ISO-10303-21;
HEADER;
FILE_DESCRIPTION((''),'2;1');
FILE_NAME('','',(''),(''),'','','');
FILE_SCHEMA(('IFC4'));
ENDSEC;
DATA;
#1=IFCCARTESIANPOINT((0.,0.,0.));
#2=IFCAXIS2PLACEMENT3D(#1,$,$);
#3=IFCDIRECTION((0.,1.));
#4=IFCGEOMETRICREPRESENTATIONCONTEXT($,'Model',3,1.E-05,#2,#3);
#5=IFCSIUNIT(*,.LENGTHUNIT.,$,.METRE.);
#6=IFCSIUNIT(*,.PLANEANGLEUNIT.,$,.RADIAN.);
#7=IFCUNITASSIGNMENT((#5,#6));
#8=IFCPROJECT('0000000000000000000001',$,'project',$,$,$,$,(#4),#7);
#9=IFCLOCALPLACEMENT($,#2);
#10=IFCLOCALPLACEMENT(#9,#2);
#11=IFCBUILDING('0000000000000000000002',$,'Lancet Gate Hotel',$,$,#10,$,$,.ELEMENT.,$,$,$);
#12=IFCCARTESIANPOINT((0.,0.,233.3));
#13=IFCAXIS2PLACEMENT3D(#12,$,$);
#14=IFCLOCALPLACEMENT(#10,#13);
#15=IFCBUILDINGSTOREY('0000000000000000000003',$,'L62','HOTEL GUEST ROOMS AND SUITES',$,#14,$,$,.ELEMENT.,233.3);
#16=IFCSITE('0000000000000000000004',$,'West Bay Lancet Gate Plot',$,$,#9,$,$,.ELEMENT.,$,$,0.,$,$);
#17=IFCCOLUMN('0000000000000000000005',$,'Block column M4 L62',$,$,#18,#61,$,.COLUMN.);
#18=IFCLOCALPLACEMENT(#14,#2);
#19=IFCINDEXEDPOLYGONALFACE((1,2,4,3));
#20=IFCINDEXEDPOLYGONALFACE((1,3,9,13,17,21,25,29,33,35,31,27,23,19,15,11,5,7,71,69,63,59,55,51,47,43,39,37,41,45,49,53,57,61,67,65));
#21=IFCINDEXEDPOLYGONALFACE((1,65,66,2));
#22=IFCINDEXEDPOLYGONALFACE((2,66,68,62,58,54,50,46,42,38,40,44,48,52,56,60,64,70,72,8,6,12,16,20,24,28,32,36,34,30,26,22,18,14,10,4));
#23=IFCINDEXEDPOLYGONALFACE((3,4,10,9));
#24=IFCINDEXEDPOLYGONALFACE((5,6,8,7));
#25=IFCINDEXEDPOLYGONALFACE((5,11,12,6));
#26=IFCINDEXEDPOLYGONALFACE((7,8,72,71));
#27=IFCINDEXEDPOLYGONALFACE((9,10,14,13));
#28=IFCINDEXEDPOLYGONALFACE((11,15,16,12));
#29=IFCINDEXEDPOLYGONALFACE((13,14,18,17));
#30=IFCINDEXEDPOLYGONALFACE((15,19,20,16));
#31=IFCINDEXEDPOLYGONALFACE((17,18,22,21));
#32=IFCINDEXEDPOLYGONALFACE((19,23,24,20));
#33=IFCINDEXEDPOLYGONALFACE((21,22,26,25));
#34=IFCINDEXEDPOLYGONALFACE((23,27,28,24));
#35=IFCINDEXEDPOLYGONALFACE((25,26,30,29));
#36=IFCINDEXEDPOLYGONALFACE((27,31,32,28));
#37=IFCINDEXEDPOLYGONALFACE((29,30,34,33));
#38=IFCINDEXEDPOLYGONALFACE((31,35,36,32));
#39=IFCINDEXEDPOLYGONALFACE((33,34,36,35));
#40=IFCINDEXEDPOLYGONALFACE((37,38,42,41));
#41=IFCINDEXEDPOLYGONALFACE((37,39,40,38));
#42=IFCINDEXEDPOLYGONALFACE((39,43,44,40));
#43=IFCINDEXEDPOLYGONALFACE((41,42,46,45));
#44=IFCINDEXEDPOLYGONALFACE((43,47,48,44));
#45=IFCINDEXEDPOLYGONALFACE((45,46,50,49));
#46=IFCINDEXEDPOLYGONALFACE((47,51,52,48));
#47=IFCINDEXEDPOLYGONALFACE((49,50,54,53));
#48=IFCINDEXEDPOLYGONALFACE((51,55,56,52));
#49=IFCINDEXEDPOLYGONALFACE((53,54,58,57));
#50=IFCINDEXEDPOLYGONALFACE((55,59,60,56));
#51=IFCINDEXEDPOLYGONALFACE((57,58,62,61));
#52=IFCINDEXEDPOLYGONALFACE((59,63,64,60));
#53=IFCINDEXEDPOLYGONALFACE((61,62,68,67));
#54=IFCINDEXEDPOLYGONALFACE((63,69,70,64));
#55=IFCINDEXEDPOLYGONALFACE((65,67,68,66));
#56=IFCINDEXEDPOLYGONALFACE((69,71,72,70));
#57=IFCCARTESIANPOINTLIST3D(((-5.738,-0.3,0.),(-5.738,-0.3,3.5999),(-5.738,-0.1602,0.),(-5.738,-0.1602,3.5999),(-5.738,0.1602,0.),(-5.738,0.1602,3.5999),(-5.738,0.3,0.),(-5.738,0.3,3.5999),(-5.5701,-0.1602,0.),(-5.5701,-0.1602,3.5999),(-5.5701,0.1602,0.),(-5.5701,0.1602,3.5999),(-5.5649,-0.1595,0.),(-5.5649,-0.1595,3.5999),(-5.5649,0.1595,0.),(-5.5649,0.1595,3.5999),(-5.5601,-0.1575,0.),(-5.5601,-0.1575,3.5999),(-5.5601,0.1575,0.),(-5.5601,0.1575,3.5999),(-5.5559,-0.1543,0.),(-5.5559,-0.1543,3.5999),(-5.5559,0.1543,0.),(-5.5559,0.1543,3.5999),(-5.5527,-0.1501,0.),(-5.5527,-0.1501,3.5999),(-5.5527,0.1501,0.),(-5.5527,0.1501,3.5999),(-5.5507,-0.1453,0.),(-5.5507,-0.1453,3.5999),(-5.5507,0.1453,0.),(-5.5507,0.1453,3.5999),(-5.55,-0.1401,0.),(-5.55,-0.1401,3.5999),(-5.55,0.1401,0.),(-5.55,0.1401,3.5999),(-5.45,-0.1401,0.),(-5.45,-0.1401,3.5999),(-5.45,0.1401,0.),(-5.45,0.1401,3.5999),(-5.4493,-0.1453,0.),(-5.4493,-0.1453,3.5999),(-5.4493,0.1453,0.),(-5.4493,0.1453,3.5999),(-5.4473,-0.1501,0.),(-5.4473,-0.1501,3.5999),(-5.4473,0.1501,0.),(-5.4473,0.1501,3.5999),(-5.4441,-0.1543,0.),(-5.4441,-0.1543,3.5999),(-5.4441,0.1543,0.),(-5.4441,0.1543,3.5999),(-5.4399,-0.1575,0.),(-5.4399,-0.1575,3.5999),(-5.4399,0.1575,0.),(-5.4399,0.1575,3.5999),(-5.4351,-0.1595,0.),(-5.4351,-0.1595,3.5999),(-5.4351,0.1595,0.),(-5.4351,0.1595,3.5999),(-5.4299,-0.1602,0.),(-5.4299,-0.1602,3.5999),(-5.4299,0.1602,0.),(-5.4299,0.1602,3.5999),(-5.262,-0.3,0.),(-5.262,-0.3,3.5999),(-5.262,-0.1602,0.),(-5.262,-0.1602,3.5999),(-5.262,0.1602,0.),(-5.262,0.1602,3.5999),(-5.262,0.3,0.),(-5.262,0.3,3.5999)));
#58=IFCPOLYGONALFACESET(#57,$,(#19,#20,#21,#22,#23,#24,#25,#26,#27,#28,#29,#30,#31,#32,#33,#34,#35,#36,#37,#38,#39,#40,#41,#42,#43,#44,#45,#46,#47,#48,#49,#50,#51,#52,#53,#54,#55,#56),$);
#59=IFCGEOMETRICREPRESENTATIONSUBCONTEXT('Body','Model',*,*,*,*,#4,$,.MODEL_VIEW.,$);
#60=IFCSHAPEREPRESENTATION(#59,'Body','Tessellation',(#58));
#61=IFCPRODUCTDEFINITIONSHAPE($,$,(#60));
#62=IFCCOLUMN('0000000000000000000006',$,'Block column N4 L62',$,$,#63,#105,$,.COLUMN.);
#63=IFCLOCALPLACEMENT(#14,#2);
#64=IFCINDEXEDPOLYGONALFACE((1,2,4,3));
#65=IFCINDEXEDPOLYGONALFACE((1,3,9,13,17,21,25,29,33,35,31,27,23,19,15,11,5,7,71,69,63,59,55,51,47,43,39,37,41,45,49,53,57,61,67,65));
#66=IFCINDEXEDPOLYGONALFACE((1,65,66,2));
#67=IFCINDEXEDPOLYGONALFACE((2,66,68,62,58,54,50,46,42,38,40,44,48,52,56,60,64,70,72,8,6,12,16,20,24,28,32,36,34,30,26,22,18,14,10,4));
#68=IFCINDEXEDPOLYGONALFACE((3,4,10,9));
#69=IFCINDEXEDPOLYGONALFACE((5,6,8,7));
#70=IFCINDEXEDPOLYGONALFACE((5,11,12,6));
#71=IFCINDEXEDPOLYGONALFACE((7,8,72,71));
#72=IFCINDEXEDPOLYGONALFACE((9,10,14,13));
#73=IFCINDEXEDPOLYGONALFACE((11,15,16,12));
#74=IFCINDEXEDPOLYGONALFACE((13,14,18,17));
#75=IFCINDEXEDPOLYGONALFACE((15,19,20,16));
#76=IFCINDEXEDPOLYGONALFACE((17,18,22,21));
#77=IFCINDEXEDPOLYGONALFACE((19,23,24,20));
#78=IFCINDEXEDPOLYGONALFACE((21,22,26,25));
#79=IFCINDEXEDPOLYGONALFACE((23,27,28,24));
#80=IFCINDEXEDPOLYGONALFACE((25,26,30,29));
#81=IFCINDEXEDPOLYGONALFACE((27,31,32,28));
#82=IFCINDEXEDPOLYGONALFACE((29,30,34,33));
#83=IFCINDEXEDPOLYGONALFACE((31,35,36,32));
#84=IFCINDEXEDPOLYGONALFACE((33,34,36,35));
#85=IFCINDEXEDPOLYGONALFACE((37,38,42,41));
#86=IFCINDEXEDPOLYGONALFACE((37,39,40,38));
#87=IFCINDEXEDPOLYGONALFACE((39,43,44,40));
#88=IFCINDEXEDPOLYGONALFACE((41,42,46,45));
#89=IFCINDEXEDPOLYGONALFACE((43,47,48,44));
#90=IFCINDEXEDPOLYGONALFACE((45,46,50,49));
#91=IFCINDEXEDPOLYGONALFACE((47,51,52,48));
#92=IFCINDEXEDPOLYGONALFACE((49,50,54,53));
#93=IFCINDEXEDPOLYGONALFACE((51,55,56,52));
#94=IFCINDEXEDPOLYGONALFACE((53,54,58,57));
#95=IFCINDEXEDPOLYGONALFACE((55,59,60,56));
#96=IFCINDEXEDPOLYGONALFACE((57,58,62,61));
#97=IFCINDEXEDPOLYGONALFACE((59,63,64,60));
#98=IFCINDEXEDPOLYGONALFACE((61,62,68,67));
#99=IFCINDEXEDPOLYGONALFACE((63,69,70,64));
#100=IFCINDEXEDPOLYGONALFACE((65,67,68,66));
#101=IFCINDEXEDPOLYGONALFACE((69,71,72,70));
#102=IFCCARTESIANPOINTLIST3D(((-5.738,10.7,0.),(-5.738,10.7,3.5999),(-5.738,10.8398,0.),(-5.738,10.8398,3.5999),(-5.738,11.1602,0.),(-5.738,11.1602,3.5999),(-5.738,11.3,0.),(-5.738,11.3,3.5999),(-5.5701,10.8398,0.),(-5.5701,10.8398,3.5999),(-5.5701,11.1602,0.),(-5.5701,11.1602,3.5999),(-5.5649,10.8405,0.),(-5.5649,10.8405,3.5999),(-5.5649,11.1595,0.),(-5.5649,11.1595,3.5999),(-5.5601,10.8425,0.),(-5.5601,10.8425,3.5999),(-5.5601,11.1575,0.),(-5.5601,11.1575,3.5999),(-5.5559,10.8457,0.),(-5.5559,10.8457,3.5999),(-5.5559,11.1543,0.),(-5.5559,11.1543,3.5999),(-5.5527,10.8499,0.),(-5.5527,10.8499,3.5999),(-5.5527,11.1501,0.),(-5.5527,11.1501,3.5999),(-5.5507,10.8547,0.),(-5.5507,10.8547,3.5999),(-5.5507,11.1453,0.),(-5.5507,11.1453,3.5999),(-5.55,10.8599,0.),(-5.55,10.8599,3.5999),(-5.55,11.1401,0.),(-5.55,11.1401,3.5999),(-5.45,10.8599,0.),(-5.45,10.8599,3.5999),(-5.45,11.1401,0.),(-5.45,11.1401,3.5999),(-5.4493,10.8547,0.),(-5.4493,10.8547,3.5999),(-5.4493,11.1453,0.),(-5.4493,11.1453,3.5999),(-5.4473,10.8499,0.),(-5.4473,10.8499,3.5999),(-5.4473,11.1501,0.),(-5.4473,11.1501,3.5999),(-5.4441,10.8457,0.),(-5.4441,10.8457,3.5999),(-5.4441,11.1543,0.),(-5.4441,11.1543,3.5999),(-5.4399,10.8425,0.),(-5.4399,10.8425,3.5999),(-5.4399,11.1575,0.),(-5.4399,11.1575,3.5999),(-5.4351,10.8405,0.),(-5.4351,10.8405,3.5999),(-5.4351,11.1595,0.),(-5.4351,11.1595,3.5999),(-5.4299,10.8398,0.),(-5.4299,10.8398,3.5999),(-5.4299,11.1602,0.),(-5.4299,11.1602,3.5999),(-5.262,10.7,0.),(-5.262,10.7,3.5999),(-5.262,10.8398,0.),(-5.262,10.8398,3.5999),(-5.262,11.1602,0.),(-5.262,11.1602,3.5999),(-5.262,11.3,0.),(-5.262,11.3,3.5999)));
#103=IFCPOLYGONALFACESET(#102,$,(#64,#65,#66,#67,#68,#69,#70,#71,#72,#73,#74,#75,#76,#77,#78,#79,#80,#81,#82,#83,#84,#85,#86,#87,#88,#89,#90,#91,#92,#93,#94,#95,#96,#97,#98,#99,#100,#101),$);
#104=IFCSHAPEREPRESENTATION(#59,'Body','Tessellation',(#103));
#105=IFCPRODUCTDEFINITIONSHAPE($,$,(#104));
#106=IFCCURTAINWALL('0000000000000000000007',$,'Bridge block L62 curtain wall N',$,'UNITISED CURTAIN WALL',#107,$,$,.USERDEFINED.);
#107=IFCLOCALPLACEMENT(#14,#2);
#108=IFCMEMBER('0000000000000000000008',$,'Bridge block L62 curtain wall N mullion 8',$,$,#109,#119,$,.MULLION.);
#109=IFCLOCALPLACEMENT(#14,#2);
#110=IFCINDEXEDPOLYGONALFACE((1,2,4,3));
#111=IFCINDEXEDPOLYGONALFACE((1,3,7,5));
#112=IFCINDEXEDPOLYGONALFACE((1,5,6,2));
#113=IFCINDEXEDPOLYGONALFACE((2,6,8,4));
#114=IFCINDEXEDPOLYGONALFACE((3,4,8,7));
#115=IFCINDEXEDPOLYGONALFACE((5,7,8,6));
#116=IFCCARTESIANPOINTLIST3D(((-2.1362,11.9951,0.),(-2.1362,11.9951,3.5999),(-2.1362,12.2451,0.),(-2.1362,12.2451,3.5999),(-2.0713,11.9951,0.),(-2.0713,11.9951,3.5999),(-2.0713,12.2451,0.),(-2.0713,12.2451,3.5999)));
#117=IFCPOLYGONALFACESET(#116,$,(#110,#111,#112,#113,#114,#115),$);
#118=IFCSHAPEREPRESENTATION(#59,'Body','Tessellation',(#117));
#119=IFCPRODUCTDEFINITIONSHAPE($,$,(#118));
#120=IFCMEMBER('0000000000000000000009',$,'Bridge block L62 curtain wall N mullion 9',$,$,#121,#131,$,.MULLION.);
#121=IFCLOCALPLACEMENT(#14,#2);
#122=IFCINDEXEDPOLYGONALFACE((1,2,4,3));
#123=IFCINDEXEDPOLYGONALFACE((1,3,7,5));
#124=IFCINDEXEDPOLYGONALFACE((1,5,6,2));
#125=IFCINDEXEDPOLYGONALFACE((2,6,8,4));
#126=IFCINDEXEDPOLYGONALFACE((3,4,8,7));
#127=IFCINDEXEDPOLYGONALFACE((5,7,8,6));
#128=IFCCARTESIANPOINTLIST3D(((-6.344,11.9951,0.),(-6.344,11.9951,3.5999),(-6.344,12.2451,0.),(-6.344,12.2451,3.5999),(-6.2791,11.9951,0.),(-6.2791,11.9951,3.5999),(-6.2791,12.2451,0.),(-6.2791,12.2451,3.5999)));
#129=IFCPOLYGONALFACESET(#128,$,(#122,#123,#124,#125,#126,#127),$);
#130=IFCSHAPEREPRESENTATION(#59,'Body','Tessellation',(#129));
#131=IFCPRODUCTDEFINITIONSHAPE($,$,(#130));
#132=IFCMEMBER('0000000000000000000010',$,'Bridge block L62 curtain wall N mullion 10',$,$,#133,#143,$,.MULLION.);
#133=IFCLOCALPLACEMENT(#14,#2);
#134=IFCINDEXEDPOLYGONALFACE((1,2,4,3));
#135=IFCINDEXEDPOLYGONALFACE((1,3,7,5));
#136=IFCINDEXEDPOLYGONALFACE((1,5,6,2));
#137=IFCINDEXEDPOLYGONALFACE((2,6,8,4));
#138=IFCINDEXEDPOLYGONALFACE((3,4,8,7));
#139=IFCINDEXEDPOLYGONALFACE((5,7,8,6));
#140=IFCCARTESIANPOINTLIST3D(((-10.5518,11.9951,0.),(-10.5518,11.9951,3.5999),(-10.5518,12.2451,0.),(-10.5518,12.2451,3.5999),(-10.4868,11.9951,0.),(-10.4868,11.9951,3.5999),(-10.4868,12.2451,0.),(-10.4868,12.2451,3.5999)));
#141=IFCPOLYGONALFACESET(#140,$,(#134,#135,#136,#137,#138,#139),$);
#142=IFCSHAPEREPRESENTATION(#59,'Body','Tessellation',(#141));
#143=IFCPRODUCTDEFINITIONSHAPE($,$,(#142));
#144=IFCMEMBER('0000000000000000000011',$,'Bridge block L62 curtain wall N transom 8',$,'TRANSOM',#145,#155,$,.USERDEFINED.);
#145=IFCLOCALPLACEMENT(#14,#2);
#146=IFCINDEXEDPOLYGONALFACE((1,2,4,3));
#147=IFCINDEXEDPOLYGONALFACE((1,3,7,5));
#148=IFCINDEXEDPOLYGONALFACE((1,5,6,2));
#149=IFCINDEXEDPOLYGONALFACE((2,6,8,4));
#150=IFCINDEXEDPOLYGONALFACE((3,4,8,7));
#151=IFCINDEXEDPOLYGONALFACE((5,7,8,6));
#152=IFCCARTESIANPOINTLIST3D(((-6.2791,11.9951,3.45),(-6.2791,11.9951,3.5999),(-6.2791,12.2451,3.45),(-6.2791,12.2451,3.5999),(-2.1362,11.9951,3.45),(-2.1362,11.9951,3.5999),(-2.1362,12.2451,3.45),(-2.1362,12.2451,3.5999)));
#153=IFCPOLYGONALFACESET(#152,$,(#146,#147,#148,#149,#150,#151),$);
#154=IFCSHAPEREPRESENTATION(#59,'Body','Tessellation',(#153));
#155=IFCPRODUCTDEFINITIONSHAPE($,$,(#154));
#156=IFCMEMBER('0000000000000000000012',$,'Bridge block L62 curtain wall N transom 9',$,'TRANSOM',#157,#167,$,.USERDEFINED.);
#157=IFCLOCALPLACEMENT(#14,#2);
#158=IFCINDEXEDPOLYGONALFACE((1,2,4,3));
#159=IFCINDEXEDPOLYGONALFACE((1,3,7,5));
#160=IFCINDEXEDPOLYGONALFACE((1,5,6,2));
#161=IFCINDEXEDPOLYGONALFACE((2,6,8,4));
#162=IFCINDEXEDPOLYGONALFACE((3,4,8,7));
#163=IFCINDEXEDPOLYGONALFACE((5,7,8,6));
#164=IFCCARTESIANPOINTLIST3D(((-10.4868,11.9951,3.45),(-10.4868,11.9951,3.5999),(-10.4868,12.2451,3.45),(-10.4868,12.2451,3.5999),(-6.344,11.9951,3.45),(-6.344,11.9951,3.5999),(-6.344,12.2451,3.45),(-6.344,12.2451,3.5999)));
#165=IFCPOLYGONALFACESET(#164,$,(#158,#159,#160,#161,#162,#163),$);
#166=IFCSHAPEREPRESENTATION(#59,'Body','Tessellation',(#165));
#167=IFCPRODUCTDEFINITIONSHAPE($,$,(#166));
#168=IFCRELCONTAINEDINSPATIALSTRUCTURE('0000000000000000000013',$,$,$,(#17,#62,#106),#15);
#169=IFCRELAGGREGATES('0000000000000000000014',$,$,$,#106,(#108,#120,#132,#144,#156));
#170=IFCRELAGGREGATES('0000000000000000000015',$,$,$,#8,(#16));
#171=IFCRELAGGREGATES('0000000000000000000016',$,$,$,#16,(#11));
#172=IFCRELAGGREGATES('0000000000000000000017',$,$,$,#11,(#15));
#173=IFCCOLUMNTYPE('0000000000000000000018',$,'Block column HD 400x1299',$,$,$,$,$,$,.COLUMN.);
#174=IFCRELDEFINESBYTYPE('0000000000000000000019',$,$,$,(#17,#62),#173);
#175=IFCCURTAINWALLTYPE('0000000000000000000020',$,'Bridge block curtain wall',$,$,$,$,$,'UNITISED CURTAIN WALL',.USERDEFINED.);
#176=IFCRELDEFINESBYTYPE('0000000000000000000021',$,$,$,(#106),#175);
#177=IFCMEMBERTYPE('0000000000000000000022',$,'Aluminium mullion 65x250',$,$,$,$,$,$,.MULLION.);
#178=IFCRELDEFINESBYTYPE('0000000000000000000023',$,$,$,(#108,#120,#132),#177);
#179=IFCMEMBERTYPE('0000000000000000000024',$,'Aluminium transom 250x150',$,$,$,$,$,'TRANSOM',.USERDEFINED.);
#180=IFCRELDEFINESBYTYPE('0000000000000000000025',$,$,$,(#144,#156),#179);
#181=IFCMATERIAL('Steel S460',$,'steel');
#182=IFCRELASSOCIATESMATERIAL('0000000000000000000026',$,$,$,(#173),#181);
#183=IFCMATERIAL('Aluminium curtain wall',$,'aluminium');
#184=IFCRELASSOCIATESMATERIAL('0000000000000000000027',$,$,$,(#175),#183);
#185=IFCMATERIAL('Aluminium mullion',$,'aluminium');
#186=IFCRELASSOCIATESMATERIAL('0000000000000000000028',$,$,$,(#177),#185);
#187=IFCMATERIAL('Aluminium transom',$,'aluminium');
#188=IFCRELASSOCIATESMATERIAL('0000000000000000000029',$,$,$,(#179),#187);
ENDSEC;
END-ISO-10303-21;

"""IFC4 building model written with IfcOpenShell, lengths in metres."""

from ifc_helpers import new_model, si_unit, direction, frame, origin, origin_2d, place, context, subcontext, project, spatial, rectangle, i_section, extrude, material, material_profile, profile_set, type_object, element, aggregate, save


model = new_model("IFC4")

# Units and contexts
model_context = context("Model", 3, precision=1e-05, world=origin(), true_north=direction((0.0, 1.0)))
body_context = subcontext(model_context, "Body", "Model", "MODEL_VIEW")
ifc_project = project(units=[si_unit("LENGTHUNIT", "METRE"), si_unit("PLANEANGLEUNIT", "RADIAN")], contexts=[model_context])

# Site, building, storey
site_placement = place(None, origin())
site = spatial("IfcSite", under=ifc_project, at=site_placement, Name="West Bay Lancet Gate Plot", CompositionType="ELEMENT", RefElevation=0.0)
building_placement = place(site_placement, origin())
building = spatial("IfcBuilding", under=site, at=building_placement, Name="Lancet Gate Hotel", CompositionType="ELEMENT")
storey_placement = place(building_placement, frame((0.0, 0.0, 233.3)))
storey = spatial("IfcBuildingStorey", under=building, at=storey_placement, Name="L62", Description="HOTEL GUEST ROOMS AND SUITES", CompositionType="ELEMENT", Elevation=233.3)

# Columns
ifc_material_1 = material(Name="Steel S460", Category="steel")
ifc_material_profile_1 = material_profile(ifc_material_1, i_section(OverallWidth=0.4761, OverallDepth=0.6001, WebThickness=0.1001, FlangeThickness=0.1399, FilletRadius=0.02, at=origin_2d()), Name="HD 400x1299")
ifc_profile_set_1 = profile_set([ifc_material_profile_1], Name="Steel S460")
column_type = type_object("IfcColumnType", Name="Block column HD 400x1299", PredefinedType="COLUMN", material=ifc_profile_set_1)
for number, where, z_axis, x_axis, name in (
    (1, (-5.5, 0.0, 0.0), (0.0, 0.0, 1.0), (1.0, 0.0, 0.0), "Block column M4 L62"),
    (2, (-5.5, 11.0, 0.0), (0.0, 0.0, 1.0), (1.0, 0.0, 0.0), "Block column N4 L62"),
):
    element("IfcColumn", number, at=place(storey_placement, frame(where, z_axis=z_axis, x_axis=x_axis)), inside=storey, type_object=column_type, Name=name, PredefinedType="COLUMN", context=body_context, shape_type="SweptSolid", body=[
        extrude(i_section(OverallWidth=0.4761, OverallDepth=0.6001, WebThickness=0.1001, FlangeThickness=0.1399, FilletRadius=0.02, at=origin_2d()), origin(), (0.0, 0.0, 1.0), 3.5999),
    ])

# Curtain wall, members
ifc_material_2 = material(Name="Aluminium curtain wall", Category="aluminium")
curtain_wall_type = type_object("IfcCurtainWallType", Name="Bridge block curtain wall", ElementType="UNITISED CURTAIN WALL", PredefinedType="USERDEFINED", material=ifc_material_2)
curtain_wall_placement = place(storey_placement, origin())
curtain_wall = element("IfcCurtainWall", 3, at=curtain_wall_placement, inside=storey, type_object=curtain_wall_type, Name="Bridge block L62 curtain wall N", ObjectType="UNITISED CURTAIN WALL", PredefinedType="USERDEFINED")
ifc_material_3 = material(Name="Aluminium mullion", Category="aluminium")
ifc_material_profile_2 = material_profile(ifc_material_3, rectangle(XDim=0.0649, YDim=0.25, at=origin_2d()), Name="MULLION 65x250")
ifc_profile_set_2 = profile_set([ifc_material_profile_2], Name="Aluminium mullion")
member_type_1 = type_object("IfcMemberType", Name="Aluminium mullion 65x250", PredefinedType="MULLION", material=ifc_profile_set_2)
member_1_placement = place(storey_placement, frame((-2.1038, 12.1201, 0.0), z_axis=(0.0, 0.0, 1.0), x_axis=(-1.0, 0.0, 0.0)))
member_1 = element("IfcMember", 4, at=member_1_placement, type_object=member_type_1, Name="Bridge block L62 curtain wall N mullion 8", PredefinedType="MULLION", context=body_context, shape_type="SweptSolid", body=[
    extrude(rectangle(XDim=0.0649, YDim=0.25, at=origin_2d()), origin(), (0.0, 0.0, 1.0), 3.5999),
])
member_2_placement = place(storey_placement, frame((-6.3115, 12.1201, 0.0), z_axis=(0.0, 0.0, 1.0), x_axis=(-1.0, 0.0, 0.0)))
member_2 = element("IfcMember", 5, at=member_2_placement, type_object=member_type_1, Name="Bridge block L62 curtain wall N mullion 9", PredefinedType="MULLION", context=body_context, shape_type="SweptSolid", body=[
    extrude(rectangle(XDim=0.0649, YDim=0.25, at=origin_2d()), origin(), (0.0, 0.0, 1.0), 3.5999),
])
member_3_placement = place(storey_placement, frame((-10.5193, 12.1201, 0.0), z_axis=(0.0, 0.0, 1.0), x_axis=(-1.0, 0.0, 0.0)))
member_3 = element("IfcMember", 6, at=member_3_placement, type_object=member_type_1, Name="Bridge block L62 curtain wall N mullion 10", PredefinedType="MULLION", context=body_context, shape_type="SweptSolid", body=[
    extrude(rectangle(XDim=0.0649, YDim=0.25, at=origin_2d()), origin(), (0.0, 0.0, 1.0), 3.5999),
])
ifc_material_4 = material(Name="Aluminium transom", Category="aluminium")
ifc_material_profile_3 = material_profile(ifc_material_4, rectangle(XDim=0.25, YDim=0.1499, at=origin_2d()), Name="TRANSOM 250x150")
ifc_profile_set_3 = profile_set([ifc_material_profile_3], Name="Aluminium transom")
member_type_2 = type_object("IfcMemberType", Name="Aluminium transom 250x150", ElementType="TRANSOM", PredefinedType="USERDEFINED", material=ifc_profile_set_3)
member_4_placement = place(storey_placement, frame((-2.1362, 12.1201, 3.5249), z_axis=(-1.0, 0.0, 0.0), x_axis=(0.0, -1.0, 0.0)))
member_4 = element("IfcMember", 7, at=member_4_placement, type_object=member_type_2, Name="Bridge block L62 curtain wall N transom 8", ObjectType="TRANSOM", PredefinedType="USERDEFINED", context=body_context, shape_type="SweptSolid", body=[
    extrude(rectangle(XDim=0.25, YDim=0.1499, at=origin_2d()), origin(), (0.0, 0.0, 1.0), 4.1428),
])
member_5_placement = place(storey_placement, frame((-6.344, 12.1201, 3.5249), z_axis=(-1.0, 0.0, 0.0), x_axis=(0.0, -1.0, 0.0)))
member_5 = element("IfcMember", 8, at=member_5_placement, type_object=member_type_2, Name="Bridge block L62 curtain wall N transom 9", ObjectType="TRANSOM", PredefinedType="USERDEFINED", context=body_context, shape_type="SweptSolid", body=[
    extrude(rectangle(XDim=0.25, YDim=0.1499, at=origin_2d()), origin(), (0.0, 0.0, 1.0), 4.1428),
])

aggregate(curtain_wall, [member_1, member_2, member_3, member_4, member_5])

save(model, "model.ifc")
